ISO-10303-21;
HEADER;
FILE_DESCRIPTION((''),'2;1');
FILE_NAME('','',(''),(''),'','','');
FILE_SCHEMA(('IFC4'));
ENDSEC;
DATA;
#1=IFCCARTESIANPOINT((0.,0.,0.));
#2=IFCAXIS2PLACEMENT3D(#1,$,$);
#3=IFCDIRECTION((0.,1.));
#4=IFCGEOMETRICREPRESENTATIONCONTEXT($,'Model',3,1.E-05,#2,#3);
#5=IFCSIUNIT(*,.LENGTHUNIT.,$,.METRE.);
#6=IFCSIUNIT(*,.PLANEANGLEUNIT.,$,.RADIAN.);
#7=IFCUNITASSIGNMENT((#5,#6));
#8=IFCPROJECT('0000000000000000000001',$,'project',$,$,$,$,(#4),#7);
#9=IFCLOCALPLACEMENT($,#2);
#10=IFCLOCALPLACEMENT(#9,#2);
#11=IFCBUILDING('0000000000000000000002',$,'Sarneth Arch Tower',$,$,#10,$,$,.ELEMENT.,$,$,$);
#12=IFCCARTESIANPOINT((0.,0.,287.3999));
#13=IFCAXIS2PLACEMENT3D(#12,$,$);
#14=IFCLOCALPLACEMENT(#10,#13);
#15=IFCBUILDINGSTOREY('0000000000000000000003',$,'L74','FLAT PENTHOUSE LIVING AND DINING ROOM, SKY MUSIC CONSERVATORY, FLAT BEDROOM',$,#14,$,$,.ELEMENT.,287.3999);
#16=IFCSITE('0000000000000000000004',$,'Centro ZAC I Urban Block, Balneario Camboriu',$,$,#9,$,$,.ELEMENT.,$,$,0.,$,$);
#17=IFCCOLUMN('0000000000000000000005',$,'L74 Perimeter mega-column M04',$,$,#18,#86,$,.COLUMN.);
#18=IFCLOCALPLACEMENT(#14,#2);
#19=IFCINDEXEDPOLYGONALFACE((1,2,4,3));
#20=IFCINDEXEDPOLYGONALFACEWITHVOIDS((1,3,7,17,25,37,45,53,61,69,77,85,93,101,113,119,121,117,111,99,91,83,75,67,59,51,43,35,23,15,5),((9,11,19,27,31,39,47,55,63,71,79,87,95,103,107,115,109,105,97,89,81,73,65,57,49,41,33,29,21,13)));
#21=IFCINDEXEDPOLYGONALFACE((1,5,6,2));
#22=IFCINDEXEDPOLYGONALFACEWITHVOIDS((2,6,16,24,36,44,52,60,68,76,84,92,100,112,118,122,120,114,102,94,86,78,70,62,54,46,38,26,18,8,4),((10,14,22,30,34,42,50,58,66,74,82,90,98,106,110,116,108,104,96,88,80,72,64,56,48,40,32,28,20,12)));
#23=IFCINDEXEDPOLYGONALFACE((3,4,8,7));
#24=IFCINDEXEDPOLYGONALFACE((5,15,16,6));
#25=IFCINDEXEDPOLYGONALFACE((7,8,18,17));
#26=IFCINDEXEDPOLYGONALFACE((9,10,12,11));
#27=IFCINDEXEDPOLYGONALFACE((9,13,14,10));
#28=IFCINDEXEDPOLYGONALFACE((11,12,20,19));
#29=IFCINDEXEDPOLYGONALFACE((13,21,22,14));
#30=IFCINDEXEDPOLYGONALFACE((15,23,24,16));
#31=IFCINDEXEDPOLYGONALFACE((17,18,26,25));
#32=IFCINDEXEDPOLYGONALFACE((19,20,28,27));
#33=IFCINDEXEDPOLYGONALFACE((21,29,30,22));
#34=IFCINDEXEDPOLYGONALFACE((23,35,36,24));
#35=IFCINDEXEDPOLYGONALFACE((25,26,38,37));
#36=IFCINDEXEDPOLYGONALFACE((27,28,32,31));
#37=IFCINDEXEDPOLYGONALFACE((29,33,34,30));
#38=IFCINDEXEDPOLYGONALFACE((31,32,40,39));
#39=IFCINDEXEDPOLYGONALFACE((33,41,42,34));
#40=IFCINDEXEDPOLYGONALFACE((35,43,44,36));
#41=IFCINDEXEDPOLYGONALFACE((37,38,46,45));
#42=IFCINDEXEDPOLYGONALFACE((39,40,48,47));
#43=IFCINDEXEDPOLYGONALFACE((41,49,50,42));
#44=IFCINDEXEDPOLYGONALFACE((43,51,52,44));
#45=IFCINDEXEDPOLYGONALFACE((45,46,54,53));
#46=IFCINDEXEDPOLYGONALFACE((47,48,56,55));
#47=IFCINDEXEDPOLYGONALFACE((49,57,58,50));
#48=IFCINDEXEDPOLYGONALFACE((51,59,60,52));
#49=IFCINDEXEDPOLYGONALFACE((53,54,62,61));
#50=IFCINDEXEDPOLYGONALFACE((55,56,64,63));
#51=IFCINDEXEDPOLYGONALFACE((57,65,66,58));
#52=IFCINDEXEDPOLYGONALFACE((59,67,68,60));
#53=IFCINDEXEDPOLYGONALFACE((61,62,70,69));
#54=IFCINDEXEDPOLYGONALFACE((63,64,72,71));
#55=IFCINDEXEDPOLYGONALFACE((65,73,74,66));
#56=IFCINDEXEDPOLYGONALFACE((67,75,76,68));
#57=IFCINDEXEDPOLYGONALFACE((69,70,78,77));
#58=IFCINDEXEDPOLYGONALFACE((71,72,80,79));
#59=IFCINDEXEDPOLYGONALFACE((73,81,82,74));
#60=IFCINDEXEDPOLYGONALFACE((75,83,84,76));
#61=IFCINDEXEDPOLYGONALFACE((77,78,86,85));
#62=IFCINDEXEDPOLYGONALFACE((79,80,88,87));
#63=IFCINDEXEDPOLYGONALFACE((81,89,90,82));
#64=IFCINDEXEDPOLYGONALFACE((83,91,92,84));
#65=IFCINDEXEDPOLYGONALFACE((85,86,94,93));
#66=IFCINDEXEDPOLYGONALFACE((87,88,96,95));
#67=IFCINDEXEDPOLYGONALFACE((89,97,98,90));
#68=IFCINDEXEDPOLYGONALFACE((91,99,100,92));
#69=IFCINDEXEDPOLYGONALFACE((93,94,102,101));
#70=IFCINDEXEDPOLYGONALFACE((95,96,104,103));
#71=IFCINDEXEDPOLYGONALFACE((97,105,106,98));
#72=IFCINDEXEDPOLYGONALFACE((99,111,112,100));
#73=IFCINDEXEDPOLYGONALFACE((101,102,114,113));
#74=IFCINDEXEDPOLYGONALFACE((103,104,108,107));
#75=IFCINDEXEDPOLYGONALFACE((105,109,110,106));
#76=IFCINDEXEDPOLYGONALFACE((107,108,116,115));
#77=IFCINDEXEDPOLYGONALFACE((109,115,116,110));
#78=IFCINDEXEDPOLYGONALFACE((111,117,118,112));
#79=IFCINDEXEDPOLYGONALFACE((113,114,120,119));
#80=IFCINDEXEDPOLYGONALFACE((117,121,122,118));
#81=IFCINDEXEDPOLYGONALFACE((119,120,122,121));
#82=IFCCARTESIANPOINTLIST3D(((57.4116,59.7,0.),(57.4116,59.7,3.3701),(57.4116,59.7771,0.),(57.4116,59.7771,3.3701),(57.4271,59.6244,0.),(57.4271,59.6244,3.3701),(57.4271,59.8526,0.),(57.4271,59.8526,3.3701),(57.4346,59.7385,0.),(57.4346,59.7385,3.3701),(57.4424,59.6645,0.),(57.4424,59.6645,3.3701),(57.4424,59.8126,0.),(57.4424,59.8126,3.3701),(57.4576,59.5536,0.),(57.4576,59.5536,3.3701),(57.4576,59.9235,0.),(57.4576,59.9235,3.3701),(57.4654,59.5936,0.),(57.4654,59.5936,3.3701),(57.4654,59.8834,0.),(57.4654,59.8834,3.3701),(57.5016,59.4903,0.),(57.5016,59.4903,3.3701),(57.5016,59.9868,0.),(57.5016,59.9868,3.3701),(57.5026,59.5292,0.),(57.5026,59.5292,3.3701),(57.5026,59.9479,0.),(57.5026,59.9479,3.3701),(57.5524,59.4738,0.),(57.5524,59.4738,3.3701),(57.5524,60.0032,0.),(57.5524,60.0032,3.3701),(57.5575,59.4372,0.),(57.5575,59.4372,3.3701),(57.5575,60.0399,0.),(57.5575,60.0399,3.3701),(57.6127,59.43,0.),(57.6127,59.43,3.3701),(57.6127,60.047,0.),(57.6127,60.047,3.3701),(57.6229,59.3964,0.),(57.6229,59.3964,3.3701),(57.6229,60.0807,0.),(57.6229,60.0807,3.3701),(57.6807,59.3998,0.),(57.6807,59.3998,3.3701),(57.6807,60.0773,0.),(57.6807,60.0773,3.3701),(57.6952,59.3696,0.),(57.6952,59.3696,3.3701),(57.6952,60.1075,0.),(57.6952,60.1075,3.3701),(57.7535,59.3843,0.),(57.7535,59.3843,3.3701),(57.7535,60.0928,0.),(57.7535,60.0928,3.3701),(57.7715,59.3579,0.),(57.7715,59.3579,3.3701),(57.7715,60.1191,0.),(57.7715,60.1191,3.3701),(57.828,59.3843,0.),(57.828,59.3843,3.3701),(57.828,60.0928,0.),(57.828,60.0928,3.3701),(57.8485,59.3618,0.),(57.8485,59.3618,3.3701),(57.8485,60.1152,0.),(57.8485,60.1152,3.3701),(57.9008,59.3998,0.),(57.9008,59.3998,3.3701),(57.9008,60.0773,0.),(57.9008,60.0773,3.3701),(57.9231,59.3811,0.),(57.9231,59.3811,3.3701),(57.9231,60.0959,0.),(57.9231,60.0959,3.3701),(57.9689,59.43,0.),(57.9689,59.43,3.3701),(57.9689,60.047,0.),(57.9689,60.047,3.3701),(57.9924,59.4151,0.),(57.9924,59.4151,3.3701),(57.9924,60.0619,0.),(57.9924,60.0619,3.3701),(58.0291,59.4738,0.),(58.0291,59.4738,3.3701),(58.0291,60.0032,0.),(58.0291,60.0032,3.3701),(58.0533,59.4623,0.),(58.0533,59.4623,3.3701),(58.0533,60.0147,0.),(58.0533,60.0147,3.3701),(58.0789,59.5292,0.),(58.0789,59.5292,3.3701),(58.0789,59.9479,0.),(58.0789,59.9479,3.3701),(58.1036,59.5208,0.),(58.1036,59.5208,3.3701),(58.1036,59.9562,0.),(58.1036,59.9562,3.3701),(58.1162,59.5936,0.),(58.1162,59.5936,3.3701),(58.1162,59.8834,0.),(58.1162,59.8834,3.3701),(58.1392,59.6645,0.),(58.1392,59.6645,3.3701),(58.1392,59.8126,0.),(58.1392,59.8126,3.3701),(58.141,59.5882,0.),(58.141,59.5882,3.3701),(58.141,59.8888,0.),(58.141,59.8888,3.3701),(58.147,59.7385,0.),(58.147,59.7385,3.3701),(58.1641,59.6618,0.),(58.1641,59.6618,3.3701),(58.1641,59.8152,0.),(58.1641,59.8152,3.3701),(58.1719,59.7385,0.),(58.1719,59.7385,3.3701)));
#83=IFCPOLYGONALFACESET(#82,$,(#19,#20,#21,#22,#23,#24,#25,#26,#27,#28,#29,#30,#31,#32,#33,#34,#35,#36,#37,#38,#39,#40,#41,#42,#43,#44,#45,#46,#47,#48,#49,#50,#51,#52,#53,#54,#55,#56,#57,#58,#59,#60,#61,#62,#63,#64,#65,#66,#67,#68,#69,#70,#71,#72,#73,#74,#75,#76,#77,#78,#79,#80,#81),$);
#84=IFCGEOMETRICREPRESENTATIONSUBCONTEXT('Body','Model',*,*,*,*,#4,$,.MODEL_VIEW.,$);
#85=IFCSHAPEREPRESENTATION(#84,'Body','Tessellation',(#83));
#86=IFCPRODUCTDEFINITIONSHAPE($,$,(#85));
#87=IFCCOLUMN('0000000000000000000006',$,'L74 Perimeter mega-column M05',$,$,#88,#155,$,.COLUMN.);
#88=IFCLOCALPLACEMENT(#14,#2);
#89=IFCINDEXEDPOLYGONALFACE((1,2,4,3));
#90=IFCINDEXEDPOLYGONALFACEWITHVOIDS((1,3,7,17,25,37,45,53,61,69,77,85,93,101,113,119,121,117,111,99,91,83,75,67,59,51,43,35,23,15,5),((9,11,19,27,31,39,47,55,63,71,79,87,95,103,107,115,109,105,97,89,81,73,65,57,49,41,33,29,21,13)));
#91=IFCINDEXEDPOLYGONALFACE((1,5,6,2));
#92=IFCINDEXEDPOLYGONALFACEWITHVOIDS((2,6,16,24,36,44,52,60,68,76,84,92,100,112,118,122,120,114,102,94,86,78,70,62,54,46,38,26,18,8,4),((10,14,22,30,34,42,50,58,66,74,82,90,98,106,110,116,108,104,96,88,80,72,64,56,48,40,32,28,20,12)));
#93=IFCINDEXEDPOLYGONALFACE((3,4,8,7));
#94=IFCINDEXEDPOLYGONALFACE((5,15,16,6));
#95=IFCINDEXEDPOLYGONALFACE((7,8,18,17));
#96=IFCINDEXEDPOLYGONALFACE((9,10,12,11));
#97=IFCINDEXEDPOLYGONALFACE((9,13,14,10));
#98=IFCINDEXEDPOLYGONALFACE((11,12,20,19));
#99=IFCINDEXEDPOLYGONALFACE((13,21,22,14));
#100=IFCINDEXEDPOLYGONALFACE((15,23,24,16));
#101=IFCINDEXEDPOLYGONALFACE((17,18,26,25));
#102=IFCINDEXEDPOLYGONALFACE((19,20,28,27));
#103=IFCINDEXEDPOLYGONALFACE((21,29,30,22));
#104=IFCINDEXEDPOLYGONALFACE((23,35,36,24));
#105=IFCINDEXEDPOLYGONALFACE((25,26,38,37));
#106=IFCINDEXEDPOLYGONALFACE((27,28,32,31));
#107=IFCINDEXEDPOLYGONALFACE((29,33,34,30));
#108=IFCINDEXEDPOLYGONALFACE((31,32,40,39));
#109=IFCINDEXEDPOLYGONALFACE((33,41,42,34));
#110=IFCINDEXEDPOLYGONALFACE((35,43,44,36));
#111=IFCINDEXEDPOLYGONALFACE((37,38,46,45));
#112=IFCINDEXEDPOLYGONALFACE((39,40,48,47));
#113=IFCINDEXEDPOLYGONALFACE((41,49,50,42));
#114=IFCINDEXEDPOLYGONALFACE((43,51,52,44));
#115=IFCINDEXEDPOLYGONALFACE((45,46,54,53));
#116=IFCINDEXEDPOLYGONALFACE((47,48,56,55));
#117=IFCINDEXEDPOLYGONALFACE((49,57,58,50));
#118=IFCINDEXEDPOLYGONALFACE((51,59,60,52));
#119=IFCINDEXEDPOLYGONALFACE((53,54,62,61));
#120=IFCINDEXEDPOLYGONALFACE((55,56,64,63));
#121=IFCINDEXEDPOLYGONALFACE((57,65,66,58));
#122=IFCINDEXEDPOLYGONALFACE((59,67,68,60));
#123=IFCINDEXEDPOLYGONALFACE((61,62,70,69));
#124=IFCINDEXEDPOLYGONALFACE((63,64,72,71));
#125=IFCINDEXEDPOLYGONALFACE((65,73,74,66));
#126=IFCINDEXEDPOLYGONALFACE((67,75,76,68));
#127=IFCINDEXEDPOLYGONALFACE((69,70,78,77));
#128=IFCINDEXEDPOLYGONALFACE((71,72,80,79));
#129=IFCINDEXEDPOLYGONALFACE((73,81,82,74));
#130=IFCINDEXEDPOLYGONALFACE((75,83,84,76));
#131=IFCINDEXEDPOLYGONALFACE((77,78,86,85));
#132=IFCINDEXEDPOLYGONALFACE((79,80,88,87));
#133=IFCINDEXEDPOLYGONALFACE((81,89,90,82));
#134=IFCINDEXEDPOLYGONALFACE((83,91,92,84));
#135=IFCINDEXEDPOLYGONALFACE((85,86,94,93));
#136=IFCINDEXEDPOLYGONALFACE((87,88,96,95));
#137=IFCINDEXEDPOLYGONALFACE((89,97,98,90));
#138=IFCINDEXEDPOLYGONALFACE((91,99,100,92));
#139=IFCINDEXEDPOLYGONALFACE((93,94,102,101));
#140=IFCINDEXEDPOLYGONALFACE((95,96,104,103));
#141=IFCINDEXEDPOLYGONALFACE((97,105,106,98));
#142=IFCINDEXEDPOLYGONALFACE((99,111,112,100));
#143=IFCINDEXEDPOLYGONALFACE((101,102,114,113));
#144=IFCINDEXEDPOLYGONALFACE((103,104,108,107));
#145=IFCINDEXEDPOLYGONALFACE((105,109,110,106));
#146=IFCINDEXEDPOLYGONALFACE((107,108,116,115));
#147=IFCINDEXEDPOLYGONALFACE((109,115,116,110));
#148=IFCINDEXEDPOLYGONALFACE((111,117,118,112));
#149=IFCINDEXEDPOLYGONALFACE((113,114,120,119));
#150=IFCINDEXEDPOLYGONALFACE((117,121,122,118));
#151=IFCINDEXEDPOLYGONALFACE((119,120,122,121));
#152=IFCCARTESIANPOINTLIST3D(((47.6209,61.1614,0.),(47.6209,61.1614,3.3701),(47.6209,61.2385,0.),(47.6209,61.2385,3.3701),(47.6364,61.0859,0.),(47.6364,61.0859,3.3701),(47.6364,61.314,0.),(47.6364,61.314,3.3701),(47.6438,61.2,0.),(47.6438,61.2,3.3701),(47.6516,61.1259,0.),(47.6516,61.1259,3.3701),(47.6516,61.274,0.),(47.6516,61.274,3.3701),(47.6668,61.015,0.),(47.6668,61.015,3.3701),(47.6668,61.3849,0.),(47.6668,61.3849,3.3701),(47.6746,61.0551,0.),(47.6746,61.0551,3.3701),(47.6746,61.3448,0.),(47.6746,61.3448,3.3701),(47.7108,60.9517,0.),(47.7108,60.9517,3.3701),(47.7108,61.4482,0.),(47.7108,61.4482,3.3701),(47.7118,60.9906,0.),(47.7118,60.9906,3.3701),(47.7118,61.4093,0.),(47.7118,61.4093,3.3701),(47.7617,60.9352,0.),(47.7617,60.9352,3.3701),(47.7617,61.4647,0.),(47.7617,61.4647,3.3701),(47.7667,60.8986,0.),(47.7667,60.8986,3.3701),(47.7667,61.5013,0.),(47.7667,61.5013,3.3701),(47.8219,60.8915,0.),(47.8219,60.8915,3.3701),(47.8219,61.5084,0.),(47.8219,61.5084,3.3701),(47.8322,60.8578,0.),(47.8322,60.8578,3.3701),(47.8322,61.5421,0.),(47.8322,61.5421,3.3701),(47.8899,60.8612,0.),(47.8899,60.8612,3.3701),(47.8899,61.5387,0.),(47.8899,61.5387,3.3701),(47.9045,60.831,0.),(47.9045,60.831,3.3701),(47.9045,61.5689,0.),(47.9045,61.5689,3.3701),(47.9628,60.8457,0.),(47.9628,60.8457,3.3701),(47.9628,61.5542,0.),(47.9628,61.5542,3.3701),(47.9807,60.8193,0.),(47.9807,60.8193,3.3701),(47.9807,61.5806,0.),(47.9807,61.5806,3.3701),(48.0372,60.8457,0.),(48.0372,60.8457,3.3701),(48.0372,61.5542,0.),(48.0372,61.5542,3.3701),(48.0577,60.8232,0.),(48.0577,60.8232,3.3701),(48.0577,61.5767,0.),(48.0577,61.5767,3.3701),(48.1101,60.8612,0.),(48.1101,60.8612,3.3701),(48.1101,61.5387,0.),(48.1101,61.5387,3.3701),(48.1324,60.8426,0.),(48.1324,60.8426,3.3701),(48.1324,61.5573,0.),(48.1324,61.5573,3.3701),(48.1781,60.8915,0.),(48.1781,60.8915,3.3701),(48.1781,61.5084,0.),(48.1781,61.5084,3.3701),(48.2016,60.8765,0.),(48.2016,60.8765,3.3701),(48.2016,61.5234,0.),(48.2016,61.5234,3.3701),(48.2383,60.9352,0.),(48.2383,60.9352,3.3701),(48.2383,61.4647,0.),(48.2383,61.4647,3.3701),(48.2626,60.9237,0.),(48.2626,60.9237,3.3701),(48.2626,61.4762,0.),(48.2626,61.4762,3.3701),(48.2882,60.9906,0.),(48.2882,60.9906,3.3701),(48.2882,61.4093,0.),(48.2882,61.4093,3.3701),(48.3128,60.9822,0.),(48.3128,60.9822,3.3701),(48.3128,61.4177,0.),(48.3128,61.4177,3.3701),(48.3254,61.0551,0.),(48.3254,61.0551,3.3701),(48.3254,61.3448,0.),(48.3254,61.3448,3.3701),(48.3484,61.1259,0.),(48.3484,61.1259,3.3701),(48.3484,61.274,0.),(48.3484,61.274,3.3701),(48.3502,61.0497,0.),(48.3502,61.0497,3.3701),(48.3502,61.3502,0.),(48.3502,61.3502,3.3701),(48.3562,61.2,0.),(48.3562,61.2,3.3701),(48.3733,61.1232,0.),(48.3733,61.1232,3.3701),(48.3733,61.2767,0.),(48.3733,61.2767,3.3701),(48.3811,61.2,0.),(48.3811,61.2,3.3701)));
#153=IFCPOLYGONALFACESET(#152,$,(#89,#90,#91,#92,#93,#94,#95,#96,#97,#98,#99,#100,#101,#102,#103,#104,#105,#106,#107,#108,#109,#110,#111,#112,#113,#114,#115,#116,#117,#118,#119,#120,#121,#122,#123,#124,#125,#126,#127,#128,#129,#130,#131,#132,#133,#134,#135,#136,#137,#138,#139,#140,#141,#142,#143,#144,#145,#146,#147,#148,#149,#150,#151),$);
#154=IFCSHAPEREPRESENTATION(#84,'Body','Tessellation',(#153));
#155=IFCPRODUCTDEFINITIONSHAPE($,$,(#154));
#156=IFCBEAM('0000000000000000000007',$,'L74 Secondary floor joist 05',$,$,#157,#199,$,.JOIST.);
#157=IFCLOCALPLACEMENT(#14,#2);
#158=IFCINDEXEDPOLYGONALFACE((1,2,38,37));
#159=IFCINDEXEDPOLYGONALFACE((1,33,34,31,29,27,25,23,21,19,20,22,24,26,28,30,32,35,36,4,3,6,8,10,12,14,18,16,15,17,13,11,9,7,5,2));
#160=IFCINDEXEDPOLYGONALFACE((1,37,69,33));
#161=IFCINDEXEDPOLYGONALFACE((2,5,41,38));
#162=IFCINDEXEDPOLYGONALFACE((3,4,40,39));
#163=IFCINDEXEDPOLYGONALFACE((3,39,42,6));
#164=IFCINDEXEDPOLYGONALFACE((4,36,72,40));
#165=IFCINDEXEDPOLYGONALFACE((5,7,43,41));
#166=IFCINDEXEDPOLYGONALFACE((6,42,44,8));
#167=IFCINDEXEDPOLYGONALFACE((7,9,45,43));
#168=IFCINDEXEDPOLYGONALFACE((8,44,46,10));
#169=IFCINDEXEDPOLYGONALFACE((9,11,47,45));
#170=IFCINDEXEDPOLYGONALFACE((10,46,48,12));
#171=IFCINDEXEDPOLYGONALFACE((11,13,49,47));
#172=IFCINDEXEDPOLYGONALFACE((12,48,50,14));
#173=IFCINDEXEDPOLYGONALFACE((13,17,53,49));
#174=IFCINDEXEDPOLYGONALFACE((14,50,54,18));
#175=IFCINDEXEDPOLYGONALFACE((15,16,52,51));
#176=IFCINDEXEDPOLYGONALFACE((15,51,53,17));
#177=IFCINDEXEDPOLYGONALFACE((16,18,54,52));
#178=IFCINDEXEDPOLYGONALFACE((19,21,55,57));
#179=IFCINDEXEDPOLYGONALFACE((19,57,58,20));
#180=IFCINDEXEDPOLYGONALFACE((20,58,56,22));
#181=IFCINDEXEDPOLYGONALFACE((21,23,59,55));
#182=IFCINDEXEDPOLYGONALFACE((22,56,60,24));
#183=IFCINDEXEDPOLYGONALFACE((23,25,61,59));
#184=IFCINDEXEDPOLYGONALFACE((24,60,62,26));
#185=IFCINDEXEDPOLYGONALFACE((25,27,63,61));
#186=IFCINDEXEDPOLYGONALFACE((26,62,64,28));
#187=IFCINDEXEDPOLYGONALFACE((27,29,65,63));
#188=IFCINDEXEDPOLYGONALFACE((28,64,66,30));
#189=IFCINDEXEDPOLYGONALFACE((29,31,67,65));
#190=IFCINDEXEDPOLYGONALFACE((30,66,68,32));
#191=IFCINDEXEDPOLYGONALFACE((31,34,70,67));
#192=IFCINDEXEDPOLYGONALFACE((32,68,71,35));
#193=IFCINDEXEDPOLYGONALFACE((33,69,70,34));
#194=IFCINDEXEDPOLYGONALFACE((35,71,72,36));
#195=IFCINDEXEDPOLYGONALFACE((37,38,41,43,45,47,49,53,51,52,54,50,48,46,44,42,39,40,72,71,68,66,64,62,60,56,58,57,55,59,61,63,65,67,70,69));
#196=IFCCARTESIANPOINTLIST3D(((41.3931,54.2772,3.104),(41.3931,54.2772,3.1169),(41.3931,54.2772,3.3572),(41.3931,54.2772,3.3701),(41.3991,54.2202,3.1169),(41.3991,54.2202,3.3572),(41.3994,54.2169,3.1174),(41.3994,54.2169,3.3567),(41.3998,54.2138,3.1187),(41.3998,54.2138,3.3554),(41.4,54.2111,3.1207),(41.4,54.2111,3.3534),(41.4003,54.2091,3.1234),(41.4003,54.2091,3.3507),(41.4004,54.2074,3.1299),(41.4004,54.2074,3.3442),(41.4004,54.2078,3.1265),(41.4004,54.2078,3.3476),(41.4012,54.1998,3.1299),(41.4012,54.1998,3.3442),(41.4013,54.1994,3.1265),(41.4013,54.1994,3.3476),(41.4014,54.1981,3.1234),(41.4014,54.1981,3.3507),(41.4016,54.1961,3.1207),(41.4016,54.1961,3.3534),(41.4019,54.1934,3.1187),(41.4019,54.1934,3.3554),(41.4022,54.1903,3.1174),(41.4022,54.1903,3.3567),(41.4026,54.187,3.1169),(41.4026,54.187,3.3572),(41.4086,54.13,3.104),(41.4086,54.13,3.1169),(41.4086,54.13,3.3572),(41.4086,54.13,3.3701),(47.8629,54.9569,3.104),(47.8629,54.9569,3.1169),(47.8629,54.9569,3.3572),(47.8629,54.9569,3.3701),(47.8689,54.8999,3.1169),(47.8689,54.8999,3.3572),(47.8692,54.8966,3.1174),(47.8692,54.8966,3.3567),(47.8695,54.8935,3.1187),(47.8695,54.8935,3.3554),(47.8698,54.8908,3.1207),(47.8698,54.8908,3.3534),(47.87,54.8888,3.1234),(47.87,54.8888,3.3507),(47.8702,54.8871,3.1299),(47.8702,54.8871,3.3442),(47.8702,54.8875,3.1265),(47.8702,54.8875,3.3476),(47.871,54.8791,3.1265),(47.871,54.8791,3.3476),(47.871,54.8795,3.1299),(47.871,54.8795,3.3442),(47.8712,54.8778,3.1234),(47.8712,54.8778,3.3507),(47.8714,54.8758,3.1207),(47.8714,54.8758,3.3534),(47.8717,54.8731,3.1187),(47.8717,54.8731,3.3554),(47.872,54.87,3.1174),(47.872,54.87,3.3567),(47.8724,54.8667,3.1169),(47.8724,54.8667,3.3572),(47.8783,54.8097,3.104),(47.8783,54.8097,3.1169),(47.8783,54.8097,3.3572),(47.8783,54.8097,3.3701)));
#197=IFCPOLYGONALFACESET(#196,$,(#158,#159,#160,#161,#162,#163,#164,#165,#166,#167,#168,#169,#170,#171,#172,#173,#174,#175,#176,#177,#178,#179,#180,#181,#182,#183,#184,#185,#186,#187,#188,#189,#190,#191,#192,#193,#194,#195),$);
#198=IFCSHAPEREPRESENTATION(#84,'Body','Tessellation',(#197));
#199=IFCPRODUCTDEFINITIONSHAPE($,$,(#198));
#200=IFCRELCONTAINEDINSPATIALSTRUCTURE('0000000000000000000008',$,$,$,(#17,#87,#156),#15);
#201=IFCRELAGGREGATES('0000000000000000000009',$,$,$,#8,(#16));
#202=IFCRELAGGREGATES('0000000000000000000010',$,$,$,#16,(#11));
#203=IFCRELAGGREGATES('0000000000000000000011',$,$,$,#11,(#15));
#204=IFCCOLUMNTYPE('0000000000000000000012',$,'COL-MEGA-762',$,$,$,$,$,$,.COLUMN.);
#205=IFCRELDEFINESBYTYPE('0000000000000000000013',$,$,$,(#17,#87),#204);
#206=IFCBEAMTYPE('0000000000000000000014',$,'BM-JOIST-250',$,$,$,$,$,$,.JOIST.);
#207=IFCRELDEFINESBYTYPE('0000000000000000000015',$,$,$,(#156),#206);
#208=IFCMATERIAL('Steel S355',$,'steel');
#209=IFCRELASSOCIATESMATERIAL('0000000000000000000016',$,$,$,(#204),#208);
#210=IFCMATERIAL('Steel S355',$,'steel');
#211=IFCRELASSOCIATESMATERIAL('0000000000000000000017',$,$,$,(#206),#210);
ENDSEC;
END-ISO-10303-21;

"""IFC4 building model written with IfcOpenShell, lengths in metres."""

from ifc_helpers import new_model, si_unit, direction, frame, origin, origin_2d, place, context, subcontext, project, spatial, hollow_circle, i_section, extrude, material, material_profile, profile_set, type_object, element, save


model = new_model("IFC4")

# Units and contexts
model_context = context("Model", 3, precision=1e-05, world=origin(), true_north=direction((0.0, 1.0)))
body_context = subcontext(model_context, "Body", "Model", "MODEL_VIEW")
ifc_project = project(units=[si_unit("LENGTHUNIT", "METRE"), si_unit("PLANEANGLEUNIT", "RADIAN")], contexts=[model_context])

# Site, building, storey
site_placement = place(None, origin())
site = spatial("IfcSite", under=ifc_project, at=site_placement, Name="Centro ZAC I Urban Block, Balneario Camboriu", CompositionType="ELEMENT", RefElevation=0.0)
building_placement = place(site_placement, origin())
building = spatial("IfcBuilding", under=site, at=building_placement, Name="Sarneth Arch Tower", CompositionType="ELEMENT")
storey_placement = place(building_placement, frame((0.0, 0.0, 287.3999)))
storey = spatial("IfcBuildingStorey", under=building, at=storey_placement, Name="L74", Description="FLAT PENTHOUSE LIVING AND DINING ROOM, SKY MUSIC CONSERVATORY, FLAT BEDROOM", CompositionType="ELEMENT", Elevation=287.3999)

# Columns
ifc_material_1 = material(Name="Steel S355", Category="steel")
ifc_material_profile_1 = material_profile(ifc_material_1, hollow_circle(Radius=0.3811, WallThickness=0.0249, at=origin_2d()), Name="CHS762x25")
ifc_profile_set_1 = profile_set([ifc_material_profile_1], Name="Steel S355")
column_type = type_object("IfcColumnType", Name="COL-MEGA-762", PredefinedType="COLUMN", material=ifc_profile_set_1)
for number, where, z_axis, x_axis, name in (
    (1, (57.7908, 59.7385, 0.0), (0.0, 0.0, 1.0), (1.0, 0.0, 0.0), "L74 Perimeter mega-column M04"),
    (2, (48.0, 61.2, 0.0), (0.0, 0.0, 1.0), (1.0, 0.0, 0.0), "L74 Perimeter mega-column M05"),
):
    element("IfcColumn", number, at=place(storey_placement, frame(where, z_axis=z_axis, x_axis=x_axis)), inside=storey, type_object=column_type, Name=name, PredefinedType="COLUMN", context=body_context, shape_type="SweptSolid", body=[
        extrude(hollow_circle(Radius=0.3811, WallThickness=0.0249, at=origin_2d()), origin(), (0.0, 0.0, 1.0), 3.3701),
    ])

# Beam
ifc_material_2 = material(Name="Steel S355", Category="steel")
ifc_material_profile_2 = material_profile(ifc_material_2, i_section(OverallWidth=0.1479, OverallDepth=0.2661, WebThickness=0.0076, FlangeThickness=0.0129, FilletRadius=0.0129, at=origin_2d()), Name="W250x44.8")
ifc_profile_set_2 = profile_set([ifc_material_profile_2], Name="Steel S355")
beam_type_1 = type_object("IfcBeamType", Name="BM-JOIST-250", PredefinedType="JOIST", material=ifc_profile_set_2)
beam_1_placement = place(storey_placement, frame((47.8706, 54.8833, 3.2371), z_axis=(-0.994527, -0.104482, 0.0), x_axis=(0.104482, -0.994527, 0.0)))
element("IfcBeam", 3, at=beam_1_placement, inside=storey, type_object=beam_type_1, Name="L74 Secondary floor joist 05", PredefinedType="JOIST", context=body_context, shape_type="SweptSolid", body=[
    extrude(i_section(OverallWidth=0.1479, OverallDepth=0.2661, WebThickness=0.0076, FlangeThickness=0.0129, FilletRadius=0.0129, at=origin_2d()), origin(), (0.0, 0.0, 1.0), 6.5054),
])

save(model, "model.ifc")
